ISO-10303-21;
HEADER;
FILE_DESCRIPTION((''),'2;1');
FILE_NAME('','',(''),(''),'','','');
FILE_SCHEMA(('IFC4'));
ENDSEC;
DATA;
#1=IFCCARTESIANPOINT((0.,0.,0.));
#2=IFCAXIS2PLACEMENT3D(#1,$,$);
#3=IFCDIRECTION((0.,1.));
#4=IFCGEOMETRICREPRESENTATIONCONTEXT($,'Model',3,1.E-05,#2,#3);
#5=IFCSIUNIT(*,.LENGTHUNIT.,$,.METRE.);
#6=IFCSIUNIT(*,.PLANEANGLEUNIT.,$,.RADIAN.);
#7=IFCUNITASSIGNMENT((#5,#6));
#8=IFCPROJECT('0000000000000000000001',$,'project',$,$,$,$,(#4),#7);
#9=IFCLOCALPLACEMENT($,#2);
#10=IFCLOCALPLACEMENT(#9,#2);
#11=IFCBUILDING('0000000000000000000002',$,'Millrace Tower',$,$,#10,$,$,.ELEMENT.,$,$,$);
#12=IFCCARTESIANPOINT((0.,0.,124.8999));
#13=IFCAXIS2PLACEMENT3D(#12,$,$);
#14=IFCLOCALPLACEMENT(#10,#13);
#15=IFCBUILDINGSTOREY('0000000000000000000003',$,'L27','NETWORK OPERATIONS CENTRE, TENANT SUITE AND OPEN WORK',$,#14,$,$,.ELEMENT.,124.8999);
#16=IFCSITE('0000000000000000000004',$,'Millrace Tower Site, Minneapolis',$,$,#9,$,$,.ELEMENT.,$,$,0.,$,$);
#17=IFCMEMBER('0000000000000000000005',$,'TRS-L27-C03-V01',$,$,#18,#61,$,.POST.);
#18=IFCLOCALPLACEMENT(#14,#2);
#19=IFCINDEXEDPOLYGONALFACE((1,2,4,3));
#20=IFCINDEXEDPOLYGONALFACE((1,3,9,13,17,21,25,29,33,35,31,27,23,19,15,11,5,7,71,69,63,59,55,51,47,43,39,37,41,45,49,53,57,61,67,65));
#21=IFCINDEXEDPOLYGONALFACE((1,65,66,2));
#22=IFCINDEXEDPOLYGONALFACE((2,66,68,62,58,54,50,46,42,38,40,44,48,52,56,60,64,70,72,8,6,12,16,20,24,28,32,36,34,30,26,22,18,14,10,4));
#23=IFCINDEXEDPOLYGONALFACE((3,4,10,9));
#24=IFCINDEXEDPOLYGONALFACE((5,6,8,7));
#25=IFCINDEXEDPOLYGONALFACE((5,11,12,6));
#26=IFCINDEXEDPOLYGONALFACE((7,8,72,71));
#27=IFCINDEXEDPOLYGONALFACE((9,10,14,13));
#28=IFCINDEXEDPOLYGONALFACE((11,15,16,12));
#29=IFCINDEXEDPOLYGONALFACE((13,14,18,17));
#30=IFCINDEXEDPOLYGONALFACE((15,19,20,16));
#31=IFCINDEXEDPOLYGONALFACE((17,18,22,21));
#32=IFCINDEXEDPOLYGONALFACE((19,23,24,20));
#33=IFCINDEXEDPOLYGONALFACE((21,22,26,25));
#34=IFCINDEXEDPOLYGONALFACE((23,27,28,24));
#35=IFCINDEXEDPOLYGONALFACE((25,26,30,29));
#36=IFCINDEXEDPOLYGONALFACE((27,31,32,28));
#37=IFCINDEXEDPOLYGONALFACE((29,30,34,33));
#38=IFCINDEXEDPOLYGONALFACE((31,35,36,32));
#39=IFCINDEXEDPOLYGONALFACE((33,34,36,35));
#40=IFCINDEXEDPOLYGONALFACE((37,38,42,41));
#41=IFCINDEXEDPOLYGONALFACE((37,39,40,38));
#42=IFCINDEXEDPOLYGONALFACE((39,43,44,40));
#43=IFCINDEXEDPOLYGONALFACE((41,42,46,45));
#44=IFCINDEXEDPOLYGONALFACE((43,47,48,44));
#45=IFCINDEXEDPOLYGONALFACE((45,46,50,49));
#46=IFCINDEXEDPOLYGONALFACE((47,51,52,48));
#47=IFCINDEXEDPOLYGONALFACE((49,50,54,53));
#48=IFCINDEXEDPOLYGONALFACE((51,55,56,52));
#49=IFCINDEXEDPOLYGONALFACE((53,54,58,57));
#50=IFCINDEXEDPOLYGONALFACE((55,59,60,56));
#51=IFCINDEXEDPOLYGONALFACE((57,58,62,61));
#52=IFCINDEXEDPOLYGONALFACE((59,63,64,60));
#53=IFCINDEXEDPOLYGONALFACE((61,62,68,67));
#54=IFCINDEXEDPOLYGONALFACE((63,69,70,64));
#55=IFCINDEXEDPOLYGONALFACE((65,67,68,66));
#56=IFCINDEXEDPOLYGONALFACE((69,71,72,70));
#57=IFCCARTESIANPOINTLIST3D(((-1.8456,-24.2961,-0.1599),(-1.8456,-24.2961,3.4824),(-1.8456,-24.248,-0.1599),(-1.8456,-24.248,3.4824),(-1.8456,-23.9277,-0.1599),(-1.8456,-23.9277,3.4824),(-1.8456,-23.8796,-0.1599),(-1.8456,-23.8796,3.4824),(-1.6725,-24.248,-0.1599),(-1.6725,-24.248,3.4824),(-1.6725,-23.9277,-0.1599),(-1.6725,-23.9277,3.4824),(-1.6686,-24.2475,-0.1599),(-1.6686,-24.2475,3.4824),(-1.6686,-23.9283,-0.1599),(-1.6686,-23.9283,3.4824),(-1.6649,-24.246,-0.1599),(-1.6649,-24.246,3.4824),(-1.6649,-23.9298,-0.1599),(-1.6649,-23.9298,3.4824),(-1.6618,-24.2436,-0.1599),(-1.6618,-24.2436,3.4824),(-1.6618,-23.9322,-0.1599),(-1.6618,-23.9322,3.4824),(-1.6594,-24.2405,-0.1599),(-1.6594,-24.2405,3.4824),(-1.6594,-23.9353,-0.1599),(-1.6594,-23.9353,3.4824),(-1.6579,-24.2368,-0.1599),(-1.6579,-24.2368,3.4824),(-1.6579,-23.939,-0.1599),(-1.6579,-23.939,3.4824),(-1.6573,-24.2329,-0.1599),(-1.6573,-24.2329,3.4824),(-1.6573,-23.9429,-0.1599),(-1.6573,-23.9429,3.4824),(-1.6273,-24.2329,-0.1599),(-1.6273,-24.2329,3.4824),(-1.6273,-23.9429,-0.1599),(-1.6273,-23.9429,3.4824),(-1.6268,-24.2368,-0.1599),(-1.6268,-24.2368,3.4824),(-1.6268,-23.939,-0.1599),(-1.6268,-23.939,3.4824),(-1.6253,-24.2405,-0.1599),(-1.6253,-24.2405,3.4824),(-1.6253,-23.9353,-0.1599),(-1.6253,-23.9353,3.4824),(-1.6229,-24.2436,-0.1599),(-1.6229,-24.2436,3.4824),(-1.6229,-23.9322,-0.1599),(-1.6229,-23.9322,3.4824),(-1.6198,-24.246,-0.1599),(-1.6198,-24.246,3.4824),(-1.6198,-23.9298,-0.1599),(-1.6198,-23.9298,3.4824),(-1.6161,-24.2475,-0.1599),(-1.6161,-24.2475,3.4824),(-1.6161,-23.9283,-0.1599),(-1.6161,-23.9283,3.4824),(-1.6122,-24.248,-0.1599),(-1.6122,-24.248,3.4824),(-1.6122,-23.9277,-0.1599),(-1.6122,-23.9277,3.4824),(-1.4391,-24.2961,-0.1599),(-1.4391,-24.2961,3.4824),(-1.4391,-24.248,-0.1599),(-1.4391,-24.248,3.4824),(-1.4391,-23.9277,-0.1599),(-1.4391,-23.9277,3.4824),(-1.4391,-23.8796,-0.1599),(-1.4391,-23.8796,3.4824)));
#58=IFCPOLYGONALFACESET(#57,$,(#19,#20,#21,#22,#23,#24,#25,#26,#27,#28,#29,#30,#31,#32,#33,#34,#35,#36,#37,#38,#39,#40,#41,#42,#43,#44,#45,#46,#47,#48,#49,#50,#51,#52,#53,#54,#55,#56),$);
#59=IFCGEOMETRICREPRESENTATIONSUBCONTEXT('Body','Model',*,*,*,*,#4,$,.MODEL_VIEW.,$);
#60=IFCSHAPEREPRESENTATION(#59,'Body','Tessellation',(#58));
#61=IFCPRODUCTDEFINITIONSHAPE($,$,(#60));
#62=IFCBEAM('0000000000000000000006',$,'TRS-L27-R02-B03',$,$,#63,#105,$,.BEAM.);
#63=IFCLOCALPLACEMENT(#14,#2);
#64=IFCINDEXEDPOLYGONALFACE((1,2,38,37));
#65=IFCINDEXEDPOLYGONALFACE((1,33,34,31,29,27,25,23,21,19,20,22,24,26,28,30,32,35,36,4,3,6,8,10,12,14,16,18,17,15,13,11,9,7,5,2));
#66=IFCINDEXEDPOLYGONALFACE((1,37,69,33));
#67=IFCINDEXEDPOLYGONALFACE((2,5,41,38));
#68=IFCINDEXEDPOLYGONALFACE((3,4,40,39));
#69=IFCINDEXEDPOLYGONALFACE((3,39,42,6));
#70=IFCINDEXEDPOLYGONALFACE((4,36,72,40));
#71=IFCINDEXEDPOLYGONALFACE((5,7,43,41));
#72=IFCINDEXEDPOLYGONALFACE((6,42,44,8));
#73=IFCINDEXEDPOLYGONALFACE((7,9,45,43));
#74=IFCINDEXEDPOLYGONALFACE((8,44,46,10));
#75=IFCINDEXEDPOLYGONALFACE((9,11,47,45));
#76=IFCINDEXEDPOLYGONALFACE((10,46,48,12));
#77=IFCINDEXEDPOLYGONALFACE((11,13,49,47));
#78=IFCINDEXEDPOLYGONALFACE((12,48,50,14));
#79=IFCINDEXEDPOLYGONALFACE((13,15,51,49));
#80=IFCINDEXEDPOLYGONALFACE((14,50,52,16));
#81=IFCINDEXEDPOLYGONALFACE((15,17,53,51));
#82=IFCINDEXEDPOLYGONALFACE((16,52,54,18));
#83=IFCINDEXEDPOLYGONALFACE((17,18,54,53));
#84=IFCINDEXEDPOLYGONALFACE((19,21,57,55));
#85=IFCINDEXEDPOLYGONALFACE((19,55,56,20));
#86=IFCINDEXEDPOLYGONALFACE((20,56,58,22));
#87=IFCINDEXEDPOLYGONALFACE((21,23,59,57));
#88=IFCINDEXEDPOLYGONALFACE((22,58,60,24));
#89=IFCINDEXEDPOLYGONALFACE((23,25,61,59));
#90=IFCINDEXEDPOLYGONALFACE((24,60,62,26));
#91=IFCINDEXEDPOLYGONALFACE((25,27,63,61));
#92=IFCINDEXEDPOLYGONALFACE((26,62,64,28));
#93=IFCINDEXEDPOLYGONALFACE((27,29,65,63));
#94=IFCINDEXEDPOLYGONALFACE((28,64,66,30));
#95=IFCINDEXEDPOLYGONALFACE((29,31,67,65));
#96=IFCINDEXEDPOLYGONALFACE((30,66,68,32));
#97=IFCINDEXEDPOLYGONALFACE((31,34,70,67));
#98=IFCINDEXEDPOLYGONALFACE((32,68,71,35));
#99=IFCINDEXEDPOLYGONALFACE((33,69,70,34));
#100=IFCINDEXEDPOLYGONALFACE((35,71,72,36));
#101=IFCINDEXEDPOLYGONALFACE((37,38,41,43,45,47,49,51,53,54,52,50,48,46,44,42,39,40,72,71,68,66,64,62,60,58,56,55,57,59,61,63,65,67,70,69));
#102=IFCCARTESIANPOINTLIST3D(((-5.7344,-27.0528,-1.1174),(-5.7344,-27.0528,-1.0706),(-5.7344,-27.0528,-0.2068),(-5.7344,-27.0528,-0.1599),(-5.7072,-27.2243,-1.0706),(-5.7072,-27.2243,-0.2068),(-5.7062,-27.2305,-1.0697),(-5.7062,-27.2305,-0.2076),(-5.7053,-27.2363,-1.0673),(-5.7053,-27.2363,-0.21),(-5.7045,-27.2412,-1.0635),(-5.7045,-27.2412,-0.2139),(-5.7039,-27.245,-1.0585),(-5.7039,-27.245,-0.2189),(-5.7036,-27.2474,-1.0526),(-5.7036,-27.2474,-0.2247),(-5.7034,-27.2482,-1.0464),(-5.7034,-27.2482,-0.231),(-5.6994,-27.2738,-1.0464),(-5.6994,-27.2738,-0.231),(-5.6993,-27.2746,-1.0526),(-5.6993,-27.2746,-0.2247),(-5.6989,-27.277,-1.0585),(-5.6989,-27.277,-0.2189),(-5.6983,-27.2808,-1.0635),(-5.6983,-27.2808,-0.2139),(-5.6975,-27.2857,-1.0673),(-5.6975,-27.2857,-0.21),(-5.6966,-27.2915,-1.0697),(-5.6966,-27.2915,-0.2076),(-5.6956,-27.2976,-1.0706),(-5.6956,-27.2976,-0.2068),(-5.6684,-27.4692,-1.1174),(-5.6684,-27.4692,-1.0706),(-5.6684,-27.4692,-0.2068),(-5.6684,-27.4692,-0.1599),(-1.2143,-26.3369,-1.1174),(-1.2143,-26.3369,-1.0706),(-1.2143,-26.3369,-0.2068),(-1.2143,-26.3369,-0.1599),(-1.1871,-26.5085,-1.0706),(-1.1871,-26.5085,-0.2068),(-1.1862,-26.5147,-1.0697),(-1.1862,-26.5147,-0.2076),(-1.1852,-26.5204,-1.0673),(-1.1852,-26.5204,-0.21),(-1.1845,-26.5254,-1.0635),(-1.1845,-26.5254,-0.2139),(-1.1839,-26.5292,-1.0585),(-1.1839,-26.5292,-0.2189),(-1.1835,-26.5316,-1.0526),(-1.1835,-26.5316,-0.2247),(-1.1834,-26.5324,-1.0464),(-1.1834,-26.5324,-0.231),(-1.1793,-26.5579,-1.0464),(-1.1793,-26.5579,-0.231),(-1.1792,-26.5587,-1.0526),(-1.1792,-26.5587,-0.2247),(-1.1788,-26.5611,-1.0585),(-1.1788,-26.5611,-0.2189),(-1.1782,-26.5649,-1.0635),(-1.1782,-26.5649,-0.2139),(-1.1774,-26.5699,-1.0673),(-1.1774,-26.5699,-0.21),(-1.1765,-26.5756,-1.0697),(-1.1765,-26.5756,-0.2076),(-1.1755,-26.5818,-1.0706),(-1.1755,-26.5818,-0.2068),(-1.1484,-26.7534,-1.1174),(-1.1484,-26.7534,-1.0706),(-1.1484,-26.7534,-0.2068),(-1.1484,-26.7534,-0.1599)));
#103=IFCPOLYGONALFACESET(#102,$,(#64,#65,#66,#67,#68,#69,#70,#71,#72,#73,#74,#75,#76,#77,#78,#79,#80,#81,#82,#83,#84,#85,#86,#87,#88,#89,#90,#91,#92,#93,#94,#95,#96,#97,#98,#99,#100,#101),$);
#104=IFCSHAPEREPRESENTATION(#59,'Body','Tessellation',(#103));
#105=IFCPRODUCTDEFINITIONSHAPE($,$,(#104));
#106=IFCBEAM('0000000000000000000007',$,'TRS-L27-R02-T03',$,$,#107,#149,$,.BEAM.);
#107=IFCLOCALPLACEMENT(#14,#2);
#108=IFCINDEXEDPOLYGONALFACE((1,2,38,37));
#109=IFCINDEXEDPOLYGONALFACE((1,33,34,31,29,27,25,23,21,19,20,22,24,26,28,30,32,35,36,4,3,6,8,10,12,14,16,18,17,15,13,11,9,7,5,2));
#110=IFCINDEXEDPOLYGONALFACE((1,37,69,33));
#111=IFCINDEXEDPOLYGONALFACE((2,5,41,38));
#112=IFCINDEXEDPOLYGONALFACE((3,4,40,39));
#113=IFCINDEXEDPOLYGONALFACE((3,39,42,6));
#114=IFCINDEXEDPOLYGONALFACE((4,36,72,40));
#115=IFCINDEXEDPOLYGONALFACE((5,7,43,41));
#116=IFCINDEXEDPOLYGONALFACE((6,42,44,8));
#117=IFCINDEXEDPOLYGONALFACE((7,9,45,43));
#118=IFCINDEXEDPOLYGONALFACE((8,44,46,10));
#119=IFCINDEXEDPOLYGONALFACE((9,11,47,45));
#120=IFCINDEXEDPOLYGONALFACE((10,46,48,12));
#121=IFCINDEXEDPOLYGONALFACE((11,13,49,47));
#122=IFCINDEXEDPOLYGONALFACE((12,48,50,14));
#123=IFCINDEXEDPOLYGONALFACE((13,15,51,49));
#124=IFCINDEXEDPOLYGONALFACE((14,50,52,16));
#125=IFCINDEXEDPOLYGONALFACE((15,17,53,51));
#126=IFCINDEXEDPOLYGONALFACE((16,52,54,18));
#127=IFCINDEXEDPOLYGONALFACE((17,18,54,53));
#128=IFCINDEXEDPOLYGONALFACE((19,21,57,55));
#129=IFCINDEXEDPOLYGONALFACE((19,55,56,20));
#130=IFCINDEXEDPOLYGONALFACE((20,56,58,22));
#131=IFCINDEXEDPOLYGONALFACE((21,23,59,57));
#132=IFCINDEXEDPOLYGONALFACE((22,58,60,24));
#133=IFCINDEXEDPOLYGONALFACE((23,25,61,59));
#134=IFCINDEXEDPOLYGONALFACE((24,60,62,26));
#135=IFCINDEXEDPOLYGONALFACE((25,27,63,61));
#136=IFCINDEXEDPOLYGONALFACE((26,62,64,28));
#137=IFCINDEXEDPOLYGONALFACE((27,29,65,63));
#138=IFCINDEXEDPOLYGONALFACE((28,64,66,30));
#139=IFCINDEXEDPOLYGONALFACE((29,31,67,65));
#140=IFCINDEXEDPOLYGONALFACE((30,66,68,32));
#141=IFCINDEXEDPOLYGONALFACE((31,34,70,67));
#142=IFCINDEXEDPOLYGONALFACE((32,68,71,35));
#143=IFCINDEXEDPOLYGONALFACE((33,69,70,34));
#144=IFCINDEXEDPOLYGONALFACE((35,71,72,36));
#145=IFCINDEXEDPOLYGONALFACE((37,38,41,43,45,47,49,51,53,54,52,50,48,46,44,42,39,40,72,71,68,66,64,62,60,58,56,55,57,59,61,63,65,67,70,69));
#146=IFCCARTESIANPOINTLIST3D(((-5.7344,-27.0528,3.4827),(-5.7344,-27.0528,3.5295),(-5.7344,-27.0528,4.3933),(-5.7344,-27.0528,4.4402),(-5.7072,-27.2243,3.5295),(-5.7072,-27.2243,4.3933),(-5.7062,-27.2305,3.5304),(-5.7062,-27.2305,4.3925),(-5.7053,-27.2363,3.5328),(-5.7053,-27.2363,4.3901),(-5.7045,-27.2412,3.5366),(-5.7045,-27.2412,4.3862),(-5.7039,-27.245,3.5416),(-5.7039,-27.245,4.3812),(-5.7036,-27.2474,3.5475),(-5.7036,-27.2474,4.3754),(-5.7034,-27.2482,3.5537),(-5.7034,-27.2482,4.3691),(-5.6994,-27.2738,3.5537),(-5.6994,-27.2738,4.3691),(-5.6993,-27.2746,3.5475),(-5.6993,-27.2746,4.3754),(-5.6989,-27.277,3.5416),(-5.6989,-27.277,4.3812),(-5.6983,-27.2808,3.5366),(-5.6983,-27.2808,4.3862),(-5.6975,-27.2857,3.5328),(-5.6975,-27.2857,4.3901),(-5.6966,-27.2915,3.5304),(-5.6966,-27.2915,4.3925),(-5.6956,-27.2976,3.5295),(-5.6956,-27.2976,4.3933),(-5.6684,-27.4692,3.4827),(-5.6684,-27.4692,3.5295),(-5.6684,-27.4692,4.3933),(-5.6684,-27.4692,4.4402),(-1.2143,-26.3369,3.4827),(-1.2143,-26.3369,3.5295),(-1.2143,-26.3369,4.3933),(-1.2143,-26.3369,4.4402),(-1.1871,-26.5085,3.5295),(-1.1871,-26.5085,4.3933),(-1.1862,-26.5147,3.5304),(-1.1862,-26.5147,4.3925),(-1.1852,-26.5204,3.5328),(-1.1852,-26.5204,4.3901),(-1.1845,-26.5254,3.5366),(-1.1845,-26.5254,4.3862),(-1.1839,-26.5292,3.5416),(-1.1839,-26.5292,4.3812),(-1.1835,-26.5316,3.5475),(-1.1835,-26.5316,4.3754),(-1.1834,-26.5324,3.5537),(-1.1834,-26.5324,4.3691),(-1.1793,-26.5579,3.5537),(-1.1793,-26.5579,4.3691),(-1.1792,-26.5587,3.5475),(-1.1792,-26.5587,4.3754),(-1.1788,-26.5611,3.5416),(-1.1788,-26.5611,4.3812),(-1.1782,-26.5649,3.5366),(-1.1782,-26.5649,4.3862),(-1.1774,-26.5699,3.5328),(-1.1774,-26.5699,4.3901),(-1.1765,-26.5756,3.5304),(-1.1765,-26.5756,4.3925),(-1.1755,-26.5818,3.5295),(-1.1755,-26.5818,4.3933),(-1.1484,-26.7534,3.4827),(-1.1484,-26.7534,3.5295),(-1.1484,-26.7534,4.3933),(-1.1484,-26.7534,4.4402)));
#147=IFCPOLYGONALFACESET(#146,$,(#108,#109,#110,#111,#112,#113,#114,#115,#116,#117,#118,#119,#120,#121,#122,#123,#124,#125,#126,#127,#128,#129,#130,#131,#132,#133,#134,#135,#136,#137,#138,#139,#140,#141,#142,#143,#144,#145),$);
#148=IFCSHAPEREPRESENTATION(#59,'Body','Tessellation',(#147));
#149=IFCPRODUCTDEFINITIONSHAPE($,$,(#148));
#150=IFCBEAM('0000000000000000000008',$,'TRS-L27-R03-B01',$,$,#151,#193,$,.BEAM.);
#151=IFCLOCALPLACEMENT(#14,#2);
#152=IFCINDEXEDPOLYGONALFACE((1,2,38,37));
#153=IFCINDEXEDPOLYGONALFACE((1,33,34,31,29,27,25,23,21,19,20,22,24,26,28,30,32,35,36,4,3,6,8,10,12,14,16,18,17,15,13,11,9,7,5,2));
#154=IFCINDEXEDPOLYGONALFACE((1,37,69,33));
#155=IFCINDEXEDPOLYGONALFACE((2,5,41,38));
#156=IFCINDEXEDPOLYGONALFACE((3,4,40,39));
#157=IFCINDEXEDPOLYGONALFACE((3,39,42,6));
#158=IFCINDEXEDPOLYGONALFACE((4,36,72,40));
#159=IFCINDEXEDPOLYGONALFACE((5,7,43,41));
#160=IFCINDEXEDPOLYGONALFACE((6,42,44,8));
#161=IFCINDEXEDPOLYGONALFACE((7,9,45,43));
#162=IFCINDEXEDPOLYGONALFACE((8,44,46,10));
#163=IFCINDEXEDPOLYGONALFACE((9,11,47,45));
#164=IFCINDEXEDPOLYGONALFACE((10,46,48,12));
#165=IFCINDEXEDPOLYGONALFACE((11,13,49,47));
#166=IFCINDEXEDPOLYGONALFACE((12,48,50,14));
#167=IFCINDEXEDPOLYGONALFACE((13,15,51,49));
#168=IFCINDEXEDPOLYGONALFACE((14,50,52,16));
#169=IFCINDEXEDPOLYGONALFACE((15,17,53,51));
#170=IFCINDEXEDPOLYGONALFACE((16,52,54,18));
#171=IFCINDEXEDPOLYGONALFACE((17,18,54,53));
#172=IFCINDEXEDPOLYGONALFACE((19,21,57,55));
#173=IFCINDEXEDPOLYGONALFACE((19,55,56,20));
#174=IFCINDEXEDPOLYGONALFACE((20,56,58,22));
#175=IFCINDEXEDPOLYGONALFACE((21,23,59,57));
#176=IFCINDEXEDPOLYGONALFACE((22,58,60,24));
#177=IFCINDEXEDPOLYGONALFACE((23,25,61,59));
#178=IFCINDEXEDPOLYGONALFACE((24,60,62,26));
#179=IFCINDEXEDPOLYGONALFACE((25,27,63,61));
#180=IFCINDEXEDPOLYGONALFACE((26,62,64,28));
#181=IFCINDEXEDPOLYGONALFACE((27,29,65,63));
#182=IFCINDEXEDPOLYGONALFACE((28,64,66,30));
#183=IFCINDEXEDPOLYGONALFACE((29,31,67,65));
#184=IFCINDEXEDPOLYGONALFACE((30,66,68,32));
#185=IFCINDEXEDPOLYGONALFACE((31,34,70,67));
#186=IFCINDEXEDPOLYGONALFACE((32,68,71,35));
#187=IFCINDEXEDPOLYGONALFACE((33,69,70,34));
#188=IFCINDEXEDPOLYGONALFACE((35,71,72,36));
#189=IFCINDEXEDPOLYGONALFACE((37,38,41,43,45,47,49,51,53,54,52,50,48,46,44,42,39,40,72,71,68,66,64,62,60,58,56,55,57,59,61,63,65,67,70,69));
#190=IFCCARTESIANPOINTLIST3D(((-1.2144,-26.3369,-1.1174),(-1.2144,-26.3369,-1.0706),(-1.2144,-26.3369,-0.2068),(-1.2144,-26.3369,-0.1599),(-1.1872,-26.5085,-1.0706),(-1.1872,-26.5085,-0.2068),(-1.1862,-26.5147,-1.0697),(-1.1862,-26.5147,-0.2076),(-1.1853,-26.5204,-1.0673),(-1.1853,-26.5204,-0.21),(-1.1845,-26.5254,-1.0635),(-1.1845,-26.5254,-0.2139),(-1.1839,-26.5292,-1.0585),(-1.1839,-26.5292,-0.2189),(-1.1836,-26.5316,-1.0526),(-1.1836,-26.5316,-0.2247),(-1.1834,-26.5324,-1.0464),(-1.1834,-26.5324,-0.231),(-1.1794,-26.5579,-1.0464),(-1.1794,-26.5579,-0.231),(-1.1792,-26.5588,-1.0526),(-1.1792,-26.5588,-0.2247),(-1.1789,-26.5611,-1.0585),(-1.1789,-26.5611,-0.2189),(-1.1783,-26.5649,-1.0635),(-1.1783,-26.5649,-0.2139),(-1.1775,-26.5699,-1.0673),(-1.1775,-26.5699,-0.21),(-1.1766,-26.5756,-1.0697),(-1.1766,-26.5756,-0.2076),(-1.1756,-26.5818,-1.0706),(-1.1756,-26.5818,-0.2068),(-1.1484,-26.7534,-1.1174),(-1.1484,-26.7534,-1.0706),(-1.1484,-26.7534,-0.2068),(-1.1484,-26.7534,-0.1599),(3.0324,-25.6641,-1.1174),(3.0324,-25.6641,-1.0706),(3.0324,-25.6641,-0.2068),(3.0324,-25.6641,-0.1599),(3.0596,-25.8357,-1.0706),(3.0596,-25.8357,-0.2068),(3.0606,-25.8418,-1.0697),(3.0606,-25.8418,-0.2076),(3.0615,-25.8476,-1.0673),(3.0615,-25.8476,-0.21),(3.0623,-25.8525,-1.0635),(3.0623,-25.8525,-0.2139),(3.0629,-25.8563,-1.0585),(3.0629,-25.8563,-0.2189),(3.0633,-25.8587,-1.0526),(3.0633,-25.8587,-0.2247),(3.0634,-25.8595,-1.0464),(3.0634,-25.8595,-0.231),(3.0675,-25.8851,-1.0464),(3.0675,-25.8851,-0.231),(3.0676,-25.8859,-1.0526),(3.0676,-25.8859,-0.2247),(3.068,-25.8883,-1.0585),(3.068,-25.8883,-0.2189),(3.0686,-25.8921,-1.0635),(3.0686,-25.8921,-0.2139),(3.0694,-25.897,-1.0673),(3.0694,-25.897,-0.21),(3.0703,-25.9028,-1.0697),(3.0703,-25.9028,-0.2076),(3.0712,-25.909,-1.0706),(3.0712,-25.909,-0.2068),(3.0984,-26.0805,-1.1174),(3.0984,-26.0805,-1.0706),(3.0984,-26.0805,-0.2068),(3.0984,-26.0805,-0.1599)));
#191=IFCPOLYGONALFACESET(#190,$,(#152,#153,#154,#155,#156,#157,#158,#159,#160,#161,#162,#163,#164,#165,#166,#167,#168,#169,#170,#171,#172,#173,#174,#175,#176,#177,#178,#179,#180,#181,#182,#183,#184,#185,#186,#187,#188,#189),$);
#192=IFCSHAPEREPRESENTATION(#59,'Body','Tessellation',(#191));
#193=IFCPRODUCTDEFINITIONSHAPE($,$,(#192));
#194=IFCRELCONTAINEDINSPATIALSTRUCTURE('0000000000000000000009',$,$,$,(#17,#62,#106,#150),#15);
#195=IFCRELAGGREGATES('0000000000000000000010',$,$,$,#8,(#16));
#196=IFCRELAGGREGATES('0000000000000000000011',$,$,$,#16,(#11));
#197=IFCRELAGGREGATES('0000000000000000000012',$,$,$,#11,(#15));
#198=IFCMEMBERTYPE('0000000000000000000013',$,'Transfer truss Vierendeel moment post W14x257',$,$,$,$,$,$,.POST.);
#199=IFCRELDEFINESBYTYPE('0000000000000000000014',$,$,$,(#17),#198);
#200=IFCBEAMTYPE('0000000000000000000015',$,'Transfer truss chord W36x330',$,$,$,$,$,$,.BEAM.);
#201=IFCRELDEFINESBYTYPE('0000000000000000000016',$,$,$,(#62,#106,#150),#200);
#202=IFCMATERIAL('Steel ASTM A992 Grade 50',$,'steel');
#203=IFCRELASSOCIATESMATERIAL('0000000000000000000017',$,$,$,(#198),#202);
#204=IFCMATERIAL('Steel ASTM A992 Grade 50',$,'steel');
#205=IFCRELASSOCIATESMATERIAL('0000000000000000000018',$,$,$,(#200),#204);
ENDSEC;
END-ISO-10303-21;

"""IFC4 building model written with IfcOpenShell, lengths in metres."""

from ifc_helpers import new_model, si_unit, direction, frame, origin, origin_2d, place, context, subcontext, project, spatial, i_section, extrude, material, material_profile, profile_set, type_object, element, save


model = new_model("IFC4")

# Units and contexts
model_context = context("Model", 3, precision=1e-05, world=origin(), true_north=direction((0.0, 1.0)))
body_context = subcontext(model_context, "Body", "Model", "MODEL_VIEW")
ifc_project = project(units=[si_unit("LENGTHUNIT", "METRE"), si_unit("PLANEANGLEUNIT", "RADIAN")], contexts=[model_context])

# Site, building, storey
site_placement = place(None, origin())
site = spatial("IfcSite", under=ifc_project, at=site_placement, Name="Millrace Tower Site, Minneapolis", CompositionType="ELEMENT", RefElevation=0.0)
building_placement = place(site_placement, origin())
building = spatial("IfcBuilding", under=site, at=building_placement, Name="Millrace Tower", CompositionType="ELEMENT")
storey_placement = place(building_placement, frame((0.0, 0.0, 124.8999)))
storey = spatial("IfcBuildingStorey", under=building, at=storey_placement, Name="L27", Description="NETWORK OPERATIONS CENTRE, TENANT SUITE AND OPEN WORK", CompositionType="ELEMENT", Elevation=124.8999)

# Member
ifc_material_1 = material(Name="Steel ASTM A992 Grade 50", Category="steel")
ifc_material_profile_1 = material_profile(ifc_material_1, i_section(OverallWidth=0.4065, OverallDepth=0.4165, WebThickness=0.03, FlangeThickness=0.0481, FilletRadius=0.0151, at=origin_2d()))
ifc_profile_set_1 = profile_set([ifc_material_profile_1], Name="Steel ASTM A992 Grade 50")
member_type_1 = type_object("IfcMemberType", Name="Transfer truss Vierendeel moment post W14x257", PredefinedType="POST", material=ifc_profile_set_1)
for number, where, z_axis, x_axis, name in (
    (1, (-1.6423, -24.0879, -0.1599), (0.0, 0.0, 1.0), (1.0, 0.0, 0.0), "TRS-L27-C03-V01"),
):
    element("IfcMember", number, at=place(storey_placement, frame(where, z_axis=z_axis, x_axis=x_axis)), inside=storey, type_object=member_type_1, Name=name, PredefinedType="POST", context=body_context, shape_type="SweptSolid", body=[
        extrude(i_section(OverallWidth=0.4065, OverallDepth=0.4165, WebThickness=0.03, FlangeThickness=0.0481, FilletRadius=0.0151, at=origin_2d()), origin(), (0.0, 0.0, 1.0), 3.6423),
    ])

# Beams
ifc_material_2 = material(Name="Steel ASTM A992 Grade 50", Category="steel")
ifc_material_profile_2 = material_profile(ifc_material_2, i_section(OverallWidth=0.4216, OverallDepth=0.9575, WebThickness=0.0259, FlangeThickness=0.0469, FilletRadius=0.0242, at=origin_2d()))
ifc_profile_set_2 = profile_set([ifc_material_profile_2], Name="Steel ASTM A992 Grade 50")
beam_type_1 = type_object("IfcBeamType", Name="Transfer truss chord W36x330", PredefinedType="BEAM", material=ifc_profile_set_2)
for number, where, z_axis, x_axis, name in (
    (2, (-5.7014, -27.261, -0.6387), (0.987691, 0.156417, 0.0), (-0.156417, 0.987691, 0.0), "TRS-L27-R02-B03"),
    (3, (-5.7014, -27.261, 3.9614), (0.987691, 0.156417, 0.0), (-0.156417, 0.987691, 0.0), "TRS-L27-R02-T03"),
):
    element("IfcBeam", number, at=place(storey_placement, frame(where, z_axis=z_axis, x_axis=x_axis)), inside=storey, type_object=beam_type_1, Name=name, PredefinedType="BEAM", context=body_context, shape_type="SweptSolid", body=[
        extrude(i_section(OverallWidth=0.4216, OverallDepth=0.9575, WebThickness=0.0259, FlangeThickness=0.0469, FilletRadius=0.0242, at=origin_2d()), origin(), (0.0, 0.0, 1.0), 4.5764),
    ])
for number, where, z_axis, x_axis, name in (
    (4, (-1.1814, -26.5452, -0.6387), (0.98768, 0.156484, 0.0), (-0.156484, 0.98768, 0.0), "TRS-L27-R03-B01"),
):
    element("IfcBeam", number, at=place(storey_placement, frame(where, z_axis=z_axis, x_axis=x_axis)), inside=storey, type_object=beam_type_1, Name=name, PredefinedType="BEAM", context=body_context, shape_type="SweptSolid", body=[
        extrude(i_section(OverallWidth=0.4216, OverallDepth=0.9575, WebThickness=0.0259, FlangeThickness=0.0469, FilletRadius=0.0242, at=origin_2d()), origin(), (0.0, 0.0, 1.0), 4.2998),
    ])

save(model, "model.ifc")
